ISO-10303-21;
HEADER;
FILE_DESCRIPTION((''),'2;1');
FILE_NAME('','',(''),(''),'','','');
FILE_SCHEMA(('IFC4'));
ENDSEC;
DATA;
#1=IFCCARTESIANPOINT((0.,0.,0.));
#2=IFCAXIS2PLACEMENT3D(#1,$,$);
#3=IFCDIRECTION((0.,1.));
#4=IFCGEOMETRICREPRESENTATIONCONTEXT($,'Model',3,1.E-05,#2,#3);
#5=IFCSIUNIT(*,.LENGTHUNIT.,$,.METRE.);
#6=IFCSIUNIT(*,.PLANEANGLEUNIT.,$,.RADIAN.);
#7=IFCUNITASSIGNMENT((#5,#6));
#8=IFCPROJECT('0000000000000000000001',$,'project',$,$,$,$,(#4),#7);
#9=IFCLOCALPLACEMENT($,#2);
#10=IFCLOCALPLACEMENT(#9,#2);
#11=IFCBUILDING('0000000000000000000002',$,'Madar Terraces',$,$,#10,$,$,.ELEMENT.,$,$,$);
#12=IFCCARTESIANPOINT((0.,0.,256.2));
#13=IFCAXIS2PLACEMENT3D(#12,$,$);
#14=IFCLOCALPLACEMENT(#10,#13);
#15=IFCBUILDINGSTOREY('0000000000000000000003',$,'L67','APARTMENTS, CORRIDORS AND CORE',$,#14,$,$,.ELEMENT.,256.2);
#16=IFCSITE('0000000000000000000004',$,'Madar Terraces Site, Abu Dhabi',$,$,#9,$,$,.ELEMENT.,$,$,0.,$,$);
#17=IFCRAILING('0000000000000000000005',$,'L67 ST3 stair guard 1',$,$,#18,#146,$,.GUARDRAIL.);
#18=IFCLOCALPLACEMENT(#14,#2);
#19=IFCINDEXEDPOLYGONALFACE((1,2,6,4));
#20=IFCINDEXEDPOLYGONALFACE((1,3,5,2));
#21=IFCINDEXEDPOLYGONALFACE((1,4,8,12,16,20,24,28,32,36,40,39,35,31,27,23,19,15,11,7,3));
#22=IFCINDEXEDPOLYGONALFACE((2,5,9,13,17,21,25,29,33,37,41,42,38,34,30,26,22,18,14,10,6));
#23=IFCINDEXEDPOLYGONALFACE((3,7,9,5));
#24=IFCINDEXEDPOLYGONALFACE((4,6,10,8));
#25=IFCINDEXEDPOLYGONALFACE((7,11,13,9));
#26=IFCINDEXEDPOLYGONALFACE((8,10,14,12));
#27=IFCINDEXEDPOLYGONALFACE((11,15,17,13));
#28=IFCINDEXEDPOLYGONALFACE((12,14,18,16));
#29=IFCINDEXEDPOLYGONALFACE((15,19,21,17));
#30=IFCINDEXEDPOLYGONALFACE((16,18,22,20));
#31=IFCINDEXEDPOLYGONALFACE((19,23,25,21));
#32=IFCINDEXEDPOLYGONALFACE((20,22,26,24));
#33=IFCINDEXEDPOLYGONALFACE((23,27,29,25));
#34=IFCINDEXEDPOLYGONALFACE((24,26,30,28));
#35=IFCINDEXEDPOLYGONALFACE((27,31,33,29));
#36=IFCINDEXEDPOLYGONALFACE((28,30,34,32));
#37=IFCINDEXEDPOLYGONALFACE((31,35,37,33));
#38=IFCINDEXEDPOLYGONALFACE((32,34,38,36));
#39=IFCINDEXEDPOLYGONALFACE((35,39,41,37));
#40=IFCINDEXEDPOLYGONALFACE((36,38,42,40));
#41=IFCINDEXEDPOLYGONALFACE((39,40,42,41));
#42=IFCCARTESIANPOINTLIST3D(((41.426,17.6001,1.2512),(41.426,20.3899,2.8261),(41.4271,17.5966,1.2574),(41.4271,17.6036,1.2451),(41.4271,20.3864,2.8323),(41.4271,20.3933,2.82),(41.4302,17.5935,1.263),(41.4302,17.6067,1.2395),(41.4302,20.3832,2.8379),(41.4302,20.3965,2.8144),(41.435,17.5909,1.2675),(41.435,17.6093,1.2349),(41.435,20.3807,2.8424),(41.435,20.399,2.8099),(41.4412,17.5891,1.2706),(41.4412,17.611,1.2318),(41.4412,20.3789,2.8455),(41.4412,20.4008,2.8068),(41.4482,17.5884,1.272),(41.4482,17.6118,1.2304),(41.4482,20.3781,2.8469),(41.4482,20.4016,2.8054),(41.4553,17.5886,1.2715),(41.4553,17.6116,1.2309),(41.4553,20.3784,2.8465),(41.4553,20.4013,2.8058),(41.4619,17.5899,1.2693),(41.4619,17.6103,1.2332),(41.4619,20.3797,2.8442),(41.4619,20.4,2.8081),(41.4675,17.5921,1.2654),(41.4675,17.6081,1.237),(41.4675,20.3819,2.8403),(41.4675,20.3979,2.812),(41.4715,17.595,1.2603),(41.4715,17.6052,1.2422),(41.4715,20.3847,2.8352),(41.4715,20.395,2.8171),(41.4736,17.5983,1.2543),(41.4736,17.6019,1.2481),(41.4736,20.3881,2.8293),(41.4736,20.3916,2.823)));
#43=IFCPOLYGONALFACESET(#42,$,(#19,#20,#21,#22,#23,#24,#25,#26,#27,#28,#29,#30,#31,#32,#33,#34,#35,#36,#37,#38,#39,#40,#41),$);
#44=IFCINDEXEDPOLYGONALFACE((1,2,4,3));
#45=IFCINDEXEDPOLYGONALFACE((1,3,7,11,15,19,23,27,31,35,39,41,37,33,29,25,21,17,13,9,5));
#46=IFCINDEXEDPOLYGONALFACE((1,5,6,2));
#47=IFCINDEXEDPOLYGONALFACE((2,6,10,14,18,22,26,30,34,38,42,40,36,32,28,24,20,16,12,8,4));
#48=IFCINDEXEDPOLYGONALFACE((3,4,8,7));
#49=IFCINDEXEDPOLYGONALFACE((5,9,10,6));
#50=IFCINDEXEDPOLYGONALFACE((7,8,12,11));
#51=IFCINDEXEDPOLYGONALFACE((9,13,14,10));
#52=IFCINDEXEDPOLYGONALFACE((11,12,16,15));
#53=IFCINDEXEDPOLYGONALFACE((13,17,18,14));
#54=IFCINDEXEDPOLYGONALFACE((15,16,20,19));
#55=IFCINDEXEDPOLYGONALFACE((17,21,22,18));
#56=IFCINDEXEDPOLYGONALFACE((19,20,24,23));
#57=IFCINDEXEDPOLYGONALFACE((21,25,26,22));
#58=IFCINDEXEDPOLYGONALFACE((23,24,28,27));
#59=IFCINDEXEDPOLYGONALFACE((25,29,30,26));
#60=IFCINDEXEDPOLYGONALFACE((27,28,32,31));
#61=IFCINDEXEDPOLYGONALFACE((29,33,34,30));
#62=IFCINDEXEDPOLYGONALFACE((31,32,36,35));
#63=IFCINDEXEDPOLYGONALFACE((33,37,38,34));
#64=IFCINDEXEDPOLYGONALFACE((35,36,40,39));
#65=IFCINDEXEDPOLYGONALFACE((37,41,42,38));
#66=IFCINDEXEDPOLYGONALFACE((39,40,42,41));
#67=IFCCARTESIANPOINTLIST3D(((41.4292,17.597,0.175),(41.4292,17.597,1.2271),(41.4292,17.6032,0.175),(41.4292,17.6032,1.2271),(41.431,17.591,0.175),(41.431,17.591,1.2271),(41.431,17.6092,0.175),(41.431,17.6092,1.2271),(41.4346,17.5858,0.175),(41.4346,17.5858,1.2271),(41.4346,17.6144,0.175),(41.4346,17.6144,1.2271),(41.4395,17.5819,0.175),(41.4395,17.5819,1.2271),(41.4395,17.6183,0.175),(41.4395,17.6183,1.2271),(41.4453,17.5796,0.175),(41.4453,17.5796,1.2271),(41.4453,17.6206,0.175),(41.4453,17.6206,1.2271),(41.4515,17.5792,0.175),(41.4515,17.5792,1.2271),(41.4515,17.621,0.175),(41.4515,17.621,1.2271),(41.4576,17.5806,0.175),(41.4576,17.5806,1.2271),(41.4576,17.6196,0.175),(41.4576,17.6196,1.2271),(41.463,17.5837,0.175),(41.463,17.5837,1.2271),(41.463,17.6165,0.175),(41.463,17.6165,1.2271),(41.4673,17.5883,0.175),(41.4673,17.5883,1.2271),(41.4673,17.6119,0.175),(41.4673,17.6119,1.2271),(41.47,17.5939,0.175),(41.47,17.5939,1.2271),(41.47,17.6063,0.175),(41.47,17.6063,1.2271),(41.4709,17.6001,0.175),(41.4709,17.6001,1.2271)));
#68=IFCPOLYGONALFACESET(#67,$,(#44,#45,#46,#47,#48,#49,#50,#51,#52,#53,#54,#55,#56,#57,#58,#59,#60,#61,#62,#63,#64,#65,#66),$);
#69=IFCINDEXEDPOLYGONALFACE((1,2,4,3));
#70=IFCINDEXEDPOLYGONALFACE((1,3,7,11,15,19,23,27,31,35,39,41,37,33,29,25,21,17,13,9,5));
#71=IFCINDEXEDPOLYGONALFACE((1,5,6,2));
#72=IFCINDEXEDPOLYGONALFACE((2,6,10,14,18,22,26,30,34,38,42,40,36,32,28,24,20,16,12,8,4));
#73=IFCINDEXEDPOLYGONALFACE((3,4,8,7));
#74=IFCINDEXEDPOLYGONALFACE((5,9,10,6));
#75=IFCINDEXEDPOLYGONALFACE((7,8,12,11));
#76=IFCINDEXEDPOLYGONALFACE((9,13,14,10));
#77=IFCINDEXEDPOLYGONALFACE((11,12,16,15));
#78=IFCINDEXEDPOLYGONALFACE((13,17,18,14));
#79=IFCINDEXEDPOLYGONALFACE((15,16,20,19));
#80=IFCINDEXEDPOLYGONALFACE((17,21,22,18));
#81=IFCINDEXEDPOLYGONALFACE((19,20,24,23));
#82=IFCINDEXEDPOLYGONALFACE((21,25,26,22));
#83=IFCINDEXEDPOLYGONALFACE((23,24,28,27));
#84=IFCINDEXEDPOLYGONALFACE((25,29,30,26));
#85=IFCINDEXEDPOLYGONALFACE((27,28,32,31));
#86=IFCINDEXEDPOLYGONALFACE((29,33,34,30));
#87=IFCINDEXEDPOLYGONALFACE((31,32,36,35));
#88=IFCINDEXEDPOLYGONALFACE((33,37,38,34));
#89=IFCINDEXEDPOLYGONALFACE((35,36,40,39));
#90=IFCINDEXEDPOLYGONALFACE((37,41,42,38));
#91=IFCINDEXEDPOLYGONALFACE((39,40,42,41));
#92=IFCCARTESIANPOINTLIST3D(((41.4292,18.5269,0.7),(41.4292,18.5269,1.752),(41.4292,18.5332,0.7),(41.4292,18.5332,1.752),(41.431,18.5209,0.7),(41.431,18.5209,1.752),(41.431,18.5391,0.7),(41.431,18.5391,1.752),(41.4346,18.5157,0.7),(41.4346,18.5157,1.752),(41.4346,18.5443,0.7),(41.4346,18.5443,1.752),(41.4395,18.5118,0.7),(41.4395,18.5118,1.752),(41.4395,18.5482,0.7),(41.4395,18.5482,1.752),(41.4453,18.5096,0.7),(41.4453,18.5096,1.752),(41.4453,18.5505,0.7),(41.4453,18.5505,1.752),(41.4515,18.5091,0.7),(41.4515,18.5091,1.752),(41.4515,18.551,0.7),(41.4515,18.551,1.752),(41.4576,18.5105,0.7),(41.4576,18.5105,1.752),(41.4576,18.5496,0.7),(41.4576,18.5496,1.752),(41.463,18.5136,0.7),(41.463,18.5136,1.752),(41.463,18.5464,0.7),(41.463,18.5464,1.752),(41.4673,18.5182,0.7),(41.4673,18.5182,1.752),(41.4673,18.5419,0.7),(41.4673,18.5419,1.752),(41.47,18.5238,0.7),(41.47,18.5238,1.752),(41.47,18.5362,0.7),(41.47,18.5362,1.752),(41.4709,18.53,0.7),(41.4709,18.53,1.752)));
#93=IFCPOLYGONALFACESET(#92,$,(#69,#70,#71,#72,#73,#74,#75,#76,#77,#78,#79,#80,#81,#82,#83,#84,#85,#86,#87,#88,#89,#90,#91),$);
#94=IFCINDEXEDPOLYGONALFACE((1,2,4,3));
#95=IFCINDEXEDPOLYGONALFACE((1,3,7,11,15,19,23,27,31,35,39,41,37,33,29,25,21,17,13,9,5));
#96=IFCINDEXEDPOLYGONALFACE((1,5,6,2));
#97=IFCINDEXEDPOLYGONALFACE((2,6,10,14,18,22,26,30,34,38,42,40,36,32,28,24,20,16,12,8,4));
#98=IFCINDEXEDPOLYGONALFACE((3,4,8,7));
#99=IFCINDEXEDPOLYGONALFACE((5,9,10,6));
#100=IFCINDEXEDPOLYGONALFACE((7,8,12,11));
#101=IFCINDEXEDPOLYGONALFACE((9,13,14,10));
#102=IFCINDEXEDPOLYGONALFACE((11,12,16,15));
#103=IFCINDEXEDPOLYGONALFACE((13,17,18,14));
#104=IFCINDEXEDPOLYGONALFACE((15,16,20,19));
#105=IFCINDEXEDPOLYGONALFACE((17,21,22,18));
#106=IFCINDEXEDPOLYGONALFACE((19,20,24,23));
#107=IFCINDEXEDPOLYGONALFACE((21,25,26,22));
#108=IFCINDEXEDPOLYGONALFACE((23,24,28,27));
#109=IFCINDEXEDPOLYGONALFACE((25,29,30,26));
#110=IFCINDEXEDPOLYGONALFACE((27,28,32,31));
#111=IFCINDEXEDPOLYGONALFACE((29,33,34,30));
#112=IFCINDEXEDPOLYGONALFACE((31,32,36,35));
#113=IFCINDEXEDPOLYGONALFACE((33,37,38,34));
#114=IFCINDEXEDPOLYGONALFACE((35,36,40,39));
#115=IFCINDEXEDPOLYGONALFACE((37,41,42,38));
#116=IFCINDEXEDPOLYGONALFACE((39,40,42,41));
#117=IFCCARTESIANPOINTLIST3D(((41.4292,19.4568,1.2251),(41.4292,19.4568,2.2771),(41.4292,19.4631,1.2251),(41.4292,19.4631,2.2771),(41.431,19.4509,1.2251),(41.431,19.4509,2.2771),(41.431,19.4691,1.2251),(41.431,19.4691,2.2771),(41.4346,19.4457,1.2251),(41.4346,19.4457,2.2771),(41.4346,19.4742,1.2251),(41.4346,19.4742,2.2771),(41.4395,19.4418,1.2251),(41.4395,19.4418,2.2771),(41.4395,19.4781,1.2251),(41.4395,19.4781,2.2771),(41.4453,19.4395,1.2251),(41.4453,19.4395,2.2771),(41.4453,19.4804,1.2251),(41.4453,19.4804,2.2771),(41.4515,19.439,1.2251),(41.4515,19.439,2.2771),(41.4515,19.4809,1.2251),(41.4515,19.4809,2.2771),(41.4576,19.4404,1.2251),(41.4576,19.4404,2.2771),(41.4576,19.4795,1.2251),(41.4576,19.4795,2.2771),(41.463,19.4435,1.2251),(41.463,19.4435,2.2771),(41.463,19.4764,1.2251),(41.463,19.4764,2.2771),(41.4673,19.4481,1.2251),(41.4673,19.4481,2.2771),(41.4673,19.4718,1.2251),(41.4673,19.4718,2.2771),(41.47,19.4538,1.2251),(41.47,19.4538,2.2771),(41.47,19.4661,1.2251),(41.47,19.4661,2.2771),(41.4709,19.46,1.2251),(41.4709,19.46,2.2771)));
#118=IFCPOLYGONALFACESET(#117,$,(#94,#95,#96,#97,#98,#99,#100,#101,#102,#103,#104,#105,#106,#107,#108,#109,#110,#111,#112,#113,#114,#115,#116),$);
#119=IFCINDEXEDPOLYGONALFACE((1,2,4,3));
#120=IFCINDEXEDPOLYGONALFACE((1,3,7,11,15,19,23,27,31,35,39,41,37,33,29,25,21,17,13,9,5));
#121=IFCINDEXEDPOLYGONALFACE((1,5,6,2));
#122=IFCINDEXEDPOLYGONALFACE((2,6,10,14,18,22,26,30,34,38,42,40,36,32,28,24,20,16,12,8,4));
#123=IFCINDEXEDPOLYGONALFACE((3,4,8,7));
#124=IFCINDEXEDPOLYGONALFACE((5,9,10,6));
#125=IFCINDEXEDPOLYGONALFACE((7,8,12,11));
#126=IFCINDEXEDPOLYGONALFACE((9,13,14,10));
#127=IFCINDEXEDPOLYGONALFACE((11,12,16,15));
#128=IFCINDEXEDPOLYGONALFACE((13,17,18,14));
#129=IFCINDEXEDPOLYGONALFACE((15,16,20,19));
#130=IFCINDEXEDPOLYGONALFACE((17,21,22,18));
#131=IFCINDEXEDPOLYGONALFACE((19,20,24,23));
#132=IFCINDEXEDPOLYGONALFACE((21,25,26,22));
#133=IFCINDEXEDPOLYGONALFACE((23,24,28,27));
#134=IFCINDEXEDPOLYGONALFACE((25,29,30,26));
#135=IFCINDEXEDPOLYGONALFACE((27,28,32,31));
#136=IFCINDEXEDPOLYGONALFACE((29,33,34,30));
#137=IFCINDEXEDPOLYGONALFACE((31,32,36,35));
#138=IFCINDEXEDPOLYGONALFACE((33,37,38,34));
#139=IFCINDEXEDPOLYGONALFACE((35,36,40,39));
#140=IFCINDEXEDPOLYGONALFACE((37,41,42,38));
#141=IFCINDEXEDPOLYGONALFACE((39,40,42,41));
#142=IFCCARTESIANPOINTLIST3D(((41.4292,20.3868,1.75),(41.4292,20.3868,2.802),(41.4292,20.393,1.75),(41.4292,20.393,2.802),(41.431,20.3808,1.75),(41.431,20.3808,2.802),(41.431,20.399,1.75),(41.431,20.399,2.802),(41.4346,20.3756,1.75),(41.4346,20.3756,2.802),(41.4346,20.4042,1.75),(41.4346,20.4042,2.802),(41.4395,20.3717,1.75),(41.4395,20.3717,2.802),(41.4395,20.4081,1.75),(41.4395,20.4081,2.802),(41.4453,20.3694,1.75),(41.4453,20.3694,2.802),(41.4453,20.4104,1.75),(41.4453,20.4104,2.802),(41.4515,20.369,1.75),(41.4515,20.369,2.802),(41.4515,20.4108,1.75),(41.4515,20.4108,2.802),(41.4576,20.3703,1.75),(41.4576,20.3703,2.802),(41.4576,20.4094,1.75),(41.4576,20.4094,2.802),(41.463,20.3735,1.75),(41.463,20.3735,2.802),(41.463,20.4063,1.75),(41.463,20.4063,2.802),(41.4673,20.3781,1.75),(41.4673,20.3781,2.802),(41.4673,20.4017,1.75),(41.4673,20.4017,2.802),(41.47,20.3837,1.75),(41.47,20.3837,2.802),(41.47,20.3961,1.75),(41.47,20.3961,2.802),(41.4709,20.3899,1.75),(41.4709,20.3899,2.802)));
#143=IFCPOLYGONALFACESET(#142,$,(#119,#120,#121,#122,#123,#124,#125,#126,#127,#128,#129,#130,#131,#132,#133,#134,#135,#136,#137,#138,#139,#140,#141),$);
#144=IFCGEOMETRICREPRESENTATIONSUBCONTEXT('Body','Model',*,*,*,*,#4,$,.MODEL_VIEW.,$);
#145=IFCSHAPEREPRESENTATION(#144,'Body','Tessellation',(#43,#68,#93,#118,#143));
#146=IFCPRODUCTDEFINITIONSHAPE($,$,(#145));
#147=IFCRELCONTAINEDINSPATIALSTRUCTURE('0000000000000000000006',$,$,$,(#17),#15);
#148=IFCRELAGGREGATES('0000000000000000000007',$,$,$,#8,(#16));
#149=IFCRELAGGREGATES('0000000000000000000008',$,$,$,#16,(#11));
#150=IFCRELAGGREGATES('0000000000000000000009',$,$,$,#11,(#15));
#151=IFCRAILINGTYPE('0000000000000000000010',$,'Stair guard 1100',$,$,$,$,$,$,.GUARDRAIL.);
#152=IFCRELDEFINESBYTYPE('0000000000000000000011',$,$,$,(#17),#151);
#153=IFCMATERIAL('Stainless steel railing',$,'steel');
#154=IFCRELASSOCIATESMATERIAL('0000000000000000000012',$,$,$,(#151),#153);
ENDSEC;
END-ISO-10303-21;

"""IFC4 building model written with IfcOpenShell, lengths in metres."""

from ifc_helpers import new_model, si_unit, direction, frame, origin, origin_2d, place, context, subcontext, project, spatial, circle, extrude, material, type_object, element, save


model = new_model("IFC4")

# Units and contexts
model_context = context("Model", 3, precision=1e-05, world=origin(), true_north=direction((0.0, 1.0)))
body_context = subcontext(model_context, "Body", "Model", "MODEL_VIEW")
ifc_project = project(units=[si_unit("LENGTHUNIT", "METRE"), si_unit("PLANEANGLEUNIT", "RADIAN")], contexts=[model_context])

# Site, building, storey
site_placement = place(None, origin())
site = spatial("IfcSite", under=ifc_project, at=site_placement, Name="Madar Terraces Site, Abu Dhabi", CompositionType="ELEMENT", RefElevation=0.0)
building_placement = place(site_placement, origin())
building = spatial("IfcBuilding", under=site, at=building_placement, Name="Madar Terraces", CompositionType="ELEMENT")
storey_placement = place(building_placement, frame((0.0, 0.0, 256.2)))
storey = spatial("IfcBuildingStorey", under=building, at=storey_placement, Name="L67", Description="APARTMENTS, CORRIDORS AND CORE", CompositionType="ELEMENT", Elevation=256.2)

# Railing
ifc_material_1 = material(Name="Stainless steel railing", Category="steel")
railing_type_1 = type_object("IfcRailingType", Name="Stair guard 1100", PredefinedType="GUARDRAIL", material=ifc_material_1)
railing_1_placement = place(storey_placement, frame((41.45, 17.6001, 0.175)))
element("IfcRailing", 1, at=railing_1_placement, inside=storey, type_object=railing_type_1, Name="L67 ST3 stair guard 1", PredefinedType="GUARDRAIL", context=body_context, shape_type="SweptSolid", body=[
    extrude(circle(Radius=0.0239, at=origin_2d()), frame((0.0, 0.0, 1.0762), z_axis=(0.0, 0.870815, 0.49161), x_axis=(-1.0, 0.0, 0.0)), (0.0, 0.0, 1.0), 3.2036),
    extrude(circle(Radius=0.021, at=origin_2d()), origin(), (0.0, 0.0, 1.0), 1.052),
    extrude(circle(Radius=0.021, at=origin_2d()), frame((0.0, 0.9299, 0.5249)), (0.0, 0.0, 1.0), 1.052),
    extrude(circle(Radius=0.021, at=origin_2d()), frame((0.0, 1.8599, 1.05)), (0.0, 0.0, 1.0), 1.052),
    extrude(circle(Radius=0.021, at=origin_2d()), frame((0.0, 2.7898, 1.575)), (0.0, 0.0, 1.0), 1.052),
])

save(model, "model.ifc")
